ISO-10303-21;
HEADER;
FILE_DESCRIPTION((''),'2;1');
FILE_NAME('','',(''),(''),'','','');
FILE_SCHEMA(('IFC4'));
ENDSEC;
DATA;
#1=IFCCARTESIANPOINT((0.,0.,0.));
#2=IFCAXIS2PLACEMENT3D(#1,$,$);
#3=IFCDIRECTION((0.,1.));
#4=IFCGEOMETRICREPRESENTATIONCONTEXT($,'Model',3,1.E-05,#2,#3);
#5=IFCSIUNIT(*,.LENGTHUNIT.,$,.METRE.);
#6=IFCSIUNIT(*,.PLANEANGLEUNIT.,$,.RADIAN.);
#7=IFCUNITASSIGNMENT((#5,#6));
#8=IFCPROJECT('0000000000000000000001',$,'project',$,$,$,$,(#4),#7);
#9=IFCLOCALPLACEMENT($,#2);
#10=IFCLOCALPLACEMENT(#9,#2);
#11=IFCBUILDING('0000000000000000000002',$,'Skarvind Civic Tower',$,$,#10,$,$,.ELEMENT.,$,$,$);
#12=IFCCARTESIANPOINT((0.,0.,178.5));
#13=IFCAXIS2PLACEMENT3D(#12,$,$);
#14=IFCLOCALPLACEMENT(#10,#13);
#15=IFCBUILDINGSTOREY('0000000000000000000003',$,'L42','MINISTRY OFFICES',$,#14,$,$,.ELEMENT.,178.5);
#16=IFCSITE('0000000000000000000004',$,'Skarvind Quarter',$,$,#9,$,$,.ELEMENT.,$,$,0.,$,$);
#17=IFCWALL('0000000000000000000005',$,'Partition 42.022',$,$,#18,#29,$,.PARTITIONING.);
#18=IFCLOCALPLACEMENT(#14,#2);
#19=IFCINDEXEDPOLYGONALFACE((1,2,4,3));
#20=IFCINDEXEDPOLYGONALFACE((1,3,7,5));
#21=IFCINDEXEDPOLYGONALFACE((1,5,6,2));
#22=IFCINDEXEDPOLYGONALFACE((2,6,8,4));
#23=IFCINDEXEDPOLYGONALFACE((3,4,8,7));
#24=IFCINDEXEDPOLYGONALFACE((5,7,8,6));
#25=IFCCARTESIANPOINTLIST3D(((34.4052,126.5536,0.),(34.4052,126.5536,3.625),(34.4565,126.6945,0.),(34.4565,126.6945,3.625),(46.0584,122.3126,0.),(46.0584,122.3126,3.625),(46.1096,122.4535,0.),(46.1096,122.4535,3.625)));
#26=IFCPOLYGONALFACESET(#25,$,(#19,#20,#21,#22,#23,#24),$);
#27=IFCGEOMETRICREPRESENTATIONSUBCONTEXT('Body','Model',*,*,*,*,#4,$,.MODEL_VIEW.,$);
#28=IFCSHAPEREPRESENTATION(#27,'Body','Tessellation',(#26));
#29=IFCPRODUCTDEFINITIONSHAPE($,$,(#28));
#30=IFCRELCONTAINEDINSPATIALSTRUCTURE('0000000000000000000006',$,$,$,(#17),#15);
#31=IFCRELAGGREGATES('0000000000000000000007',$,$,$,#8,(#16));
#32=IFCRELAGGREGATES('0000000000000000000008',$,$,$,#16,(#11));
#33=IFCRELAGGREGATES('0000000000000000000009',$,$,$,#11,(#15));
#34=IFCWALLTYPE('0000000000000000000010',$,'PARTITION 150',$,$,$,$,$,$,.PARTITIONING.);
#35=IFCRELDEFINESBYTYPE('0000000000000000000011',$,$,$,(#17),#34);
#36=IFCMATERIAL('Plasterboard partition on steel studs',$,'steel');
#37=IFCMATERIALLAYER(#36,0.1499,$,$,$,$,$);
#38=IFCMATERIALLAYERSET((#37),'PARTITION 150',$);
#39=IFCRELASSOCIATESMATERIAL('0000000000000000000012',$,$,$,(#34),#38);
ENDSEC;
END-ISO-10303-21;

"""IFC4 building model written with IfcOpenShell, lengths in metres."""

from ifc_helpers import new_model, si_unit, direction, frame, frame_2d, origin, place, context, subcontext, project, spatial, rectangle, extrude, material, layer, layer_set, type_object, element, save


model = new_model("IFC4")

# Units and contexts
model_context = context("Model", 3, precision=1e-05, world=origin(), true_north=direction((0.0, 1.0)))
body_context = subcontext(model_context, "Body", "Model", "MODEL_VIEW")
ifc_project = project(units=[si_unit("LENGTHUNIT", "METRE"), si_unit("PLANEANGLEUNIT", "RADIAN")], contexts=[model_context])

# Site, building, storey
site_placement = place(None, origin())
site = spatial("IfcSite", under=ifc_project, at=site_placement, Name="Skarvind Quarter", CompositionType="ELEMENT", RefElevation=0.0)
building_placement = place(site_placement, origin())
building = spatial("IfcBuilding", under=site, at=building_placement, Name="Skarvind Civic Tower", CompositionType="ELEMENT")
storey_placement = place(building_placement, frame((0.0, 0.0, 178.5)))
storey = spatial("IfcBuildingStorey", under=building, at=storey_placement, Name="L42", Description="MINISTRY OFFICES", CompositionType="ELEMENT", Elevation=178.5)

# Wall
ifc_material_1 = material(Name="Plasterboard partition on steel studs", Category="steel")
ifc_layer_1 = layer(ifc_material_1, 0.1499)
ifc_layer_set_1 = layer_set([ifc_layer_1], Name="PARTITION 150")
wall_type_1 = type_object("IfcWallType", Name="PARTITION 150", PredefinedType="PARTITIONING", material=ifc_layer_set_1)
wall_1_placement = place(storey_placement, frame((46.084, 122.3831, 0.0), z_axis=(0.0, 0.0, 1.0), x_axis=(-0.939703, 0.341991, 0.0)))
element("IfcWall", 1, at=wall_1_placement, inside=storey, type_object=wall_type_1, Name="Partition 42.022", PredefinedType="PARTITIONING", context=body_context, shape_type="SweptSolid", body=[
    extrude(rectangle(XDim=12.4009, YDim=0.1499, at=frame_2d((6.2004, 0.0))), origin(), (0.0, 0.0, 1.0), 3.625),
])

save(model, "model.ifc")
